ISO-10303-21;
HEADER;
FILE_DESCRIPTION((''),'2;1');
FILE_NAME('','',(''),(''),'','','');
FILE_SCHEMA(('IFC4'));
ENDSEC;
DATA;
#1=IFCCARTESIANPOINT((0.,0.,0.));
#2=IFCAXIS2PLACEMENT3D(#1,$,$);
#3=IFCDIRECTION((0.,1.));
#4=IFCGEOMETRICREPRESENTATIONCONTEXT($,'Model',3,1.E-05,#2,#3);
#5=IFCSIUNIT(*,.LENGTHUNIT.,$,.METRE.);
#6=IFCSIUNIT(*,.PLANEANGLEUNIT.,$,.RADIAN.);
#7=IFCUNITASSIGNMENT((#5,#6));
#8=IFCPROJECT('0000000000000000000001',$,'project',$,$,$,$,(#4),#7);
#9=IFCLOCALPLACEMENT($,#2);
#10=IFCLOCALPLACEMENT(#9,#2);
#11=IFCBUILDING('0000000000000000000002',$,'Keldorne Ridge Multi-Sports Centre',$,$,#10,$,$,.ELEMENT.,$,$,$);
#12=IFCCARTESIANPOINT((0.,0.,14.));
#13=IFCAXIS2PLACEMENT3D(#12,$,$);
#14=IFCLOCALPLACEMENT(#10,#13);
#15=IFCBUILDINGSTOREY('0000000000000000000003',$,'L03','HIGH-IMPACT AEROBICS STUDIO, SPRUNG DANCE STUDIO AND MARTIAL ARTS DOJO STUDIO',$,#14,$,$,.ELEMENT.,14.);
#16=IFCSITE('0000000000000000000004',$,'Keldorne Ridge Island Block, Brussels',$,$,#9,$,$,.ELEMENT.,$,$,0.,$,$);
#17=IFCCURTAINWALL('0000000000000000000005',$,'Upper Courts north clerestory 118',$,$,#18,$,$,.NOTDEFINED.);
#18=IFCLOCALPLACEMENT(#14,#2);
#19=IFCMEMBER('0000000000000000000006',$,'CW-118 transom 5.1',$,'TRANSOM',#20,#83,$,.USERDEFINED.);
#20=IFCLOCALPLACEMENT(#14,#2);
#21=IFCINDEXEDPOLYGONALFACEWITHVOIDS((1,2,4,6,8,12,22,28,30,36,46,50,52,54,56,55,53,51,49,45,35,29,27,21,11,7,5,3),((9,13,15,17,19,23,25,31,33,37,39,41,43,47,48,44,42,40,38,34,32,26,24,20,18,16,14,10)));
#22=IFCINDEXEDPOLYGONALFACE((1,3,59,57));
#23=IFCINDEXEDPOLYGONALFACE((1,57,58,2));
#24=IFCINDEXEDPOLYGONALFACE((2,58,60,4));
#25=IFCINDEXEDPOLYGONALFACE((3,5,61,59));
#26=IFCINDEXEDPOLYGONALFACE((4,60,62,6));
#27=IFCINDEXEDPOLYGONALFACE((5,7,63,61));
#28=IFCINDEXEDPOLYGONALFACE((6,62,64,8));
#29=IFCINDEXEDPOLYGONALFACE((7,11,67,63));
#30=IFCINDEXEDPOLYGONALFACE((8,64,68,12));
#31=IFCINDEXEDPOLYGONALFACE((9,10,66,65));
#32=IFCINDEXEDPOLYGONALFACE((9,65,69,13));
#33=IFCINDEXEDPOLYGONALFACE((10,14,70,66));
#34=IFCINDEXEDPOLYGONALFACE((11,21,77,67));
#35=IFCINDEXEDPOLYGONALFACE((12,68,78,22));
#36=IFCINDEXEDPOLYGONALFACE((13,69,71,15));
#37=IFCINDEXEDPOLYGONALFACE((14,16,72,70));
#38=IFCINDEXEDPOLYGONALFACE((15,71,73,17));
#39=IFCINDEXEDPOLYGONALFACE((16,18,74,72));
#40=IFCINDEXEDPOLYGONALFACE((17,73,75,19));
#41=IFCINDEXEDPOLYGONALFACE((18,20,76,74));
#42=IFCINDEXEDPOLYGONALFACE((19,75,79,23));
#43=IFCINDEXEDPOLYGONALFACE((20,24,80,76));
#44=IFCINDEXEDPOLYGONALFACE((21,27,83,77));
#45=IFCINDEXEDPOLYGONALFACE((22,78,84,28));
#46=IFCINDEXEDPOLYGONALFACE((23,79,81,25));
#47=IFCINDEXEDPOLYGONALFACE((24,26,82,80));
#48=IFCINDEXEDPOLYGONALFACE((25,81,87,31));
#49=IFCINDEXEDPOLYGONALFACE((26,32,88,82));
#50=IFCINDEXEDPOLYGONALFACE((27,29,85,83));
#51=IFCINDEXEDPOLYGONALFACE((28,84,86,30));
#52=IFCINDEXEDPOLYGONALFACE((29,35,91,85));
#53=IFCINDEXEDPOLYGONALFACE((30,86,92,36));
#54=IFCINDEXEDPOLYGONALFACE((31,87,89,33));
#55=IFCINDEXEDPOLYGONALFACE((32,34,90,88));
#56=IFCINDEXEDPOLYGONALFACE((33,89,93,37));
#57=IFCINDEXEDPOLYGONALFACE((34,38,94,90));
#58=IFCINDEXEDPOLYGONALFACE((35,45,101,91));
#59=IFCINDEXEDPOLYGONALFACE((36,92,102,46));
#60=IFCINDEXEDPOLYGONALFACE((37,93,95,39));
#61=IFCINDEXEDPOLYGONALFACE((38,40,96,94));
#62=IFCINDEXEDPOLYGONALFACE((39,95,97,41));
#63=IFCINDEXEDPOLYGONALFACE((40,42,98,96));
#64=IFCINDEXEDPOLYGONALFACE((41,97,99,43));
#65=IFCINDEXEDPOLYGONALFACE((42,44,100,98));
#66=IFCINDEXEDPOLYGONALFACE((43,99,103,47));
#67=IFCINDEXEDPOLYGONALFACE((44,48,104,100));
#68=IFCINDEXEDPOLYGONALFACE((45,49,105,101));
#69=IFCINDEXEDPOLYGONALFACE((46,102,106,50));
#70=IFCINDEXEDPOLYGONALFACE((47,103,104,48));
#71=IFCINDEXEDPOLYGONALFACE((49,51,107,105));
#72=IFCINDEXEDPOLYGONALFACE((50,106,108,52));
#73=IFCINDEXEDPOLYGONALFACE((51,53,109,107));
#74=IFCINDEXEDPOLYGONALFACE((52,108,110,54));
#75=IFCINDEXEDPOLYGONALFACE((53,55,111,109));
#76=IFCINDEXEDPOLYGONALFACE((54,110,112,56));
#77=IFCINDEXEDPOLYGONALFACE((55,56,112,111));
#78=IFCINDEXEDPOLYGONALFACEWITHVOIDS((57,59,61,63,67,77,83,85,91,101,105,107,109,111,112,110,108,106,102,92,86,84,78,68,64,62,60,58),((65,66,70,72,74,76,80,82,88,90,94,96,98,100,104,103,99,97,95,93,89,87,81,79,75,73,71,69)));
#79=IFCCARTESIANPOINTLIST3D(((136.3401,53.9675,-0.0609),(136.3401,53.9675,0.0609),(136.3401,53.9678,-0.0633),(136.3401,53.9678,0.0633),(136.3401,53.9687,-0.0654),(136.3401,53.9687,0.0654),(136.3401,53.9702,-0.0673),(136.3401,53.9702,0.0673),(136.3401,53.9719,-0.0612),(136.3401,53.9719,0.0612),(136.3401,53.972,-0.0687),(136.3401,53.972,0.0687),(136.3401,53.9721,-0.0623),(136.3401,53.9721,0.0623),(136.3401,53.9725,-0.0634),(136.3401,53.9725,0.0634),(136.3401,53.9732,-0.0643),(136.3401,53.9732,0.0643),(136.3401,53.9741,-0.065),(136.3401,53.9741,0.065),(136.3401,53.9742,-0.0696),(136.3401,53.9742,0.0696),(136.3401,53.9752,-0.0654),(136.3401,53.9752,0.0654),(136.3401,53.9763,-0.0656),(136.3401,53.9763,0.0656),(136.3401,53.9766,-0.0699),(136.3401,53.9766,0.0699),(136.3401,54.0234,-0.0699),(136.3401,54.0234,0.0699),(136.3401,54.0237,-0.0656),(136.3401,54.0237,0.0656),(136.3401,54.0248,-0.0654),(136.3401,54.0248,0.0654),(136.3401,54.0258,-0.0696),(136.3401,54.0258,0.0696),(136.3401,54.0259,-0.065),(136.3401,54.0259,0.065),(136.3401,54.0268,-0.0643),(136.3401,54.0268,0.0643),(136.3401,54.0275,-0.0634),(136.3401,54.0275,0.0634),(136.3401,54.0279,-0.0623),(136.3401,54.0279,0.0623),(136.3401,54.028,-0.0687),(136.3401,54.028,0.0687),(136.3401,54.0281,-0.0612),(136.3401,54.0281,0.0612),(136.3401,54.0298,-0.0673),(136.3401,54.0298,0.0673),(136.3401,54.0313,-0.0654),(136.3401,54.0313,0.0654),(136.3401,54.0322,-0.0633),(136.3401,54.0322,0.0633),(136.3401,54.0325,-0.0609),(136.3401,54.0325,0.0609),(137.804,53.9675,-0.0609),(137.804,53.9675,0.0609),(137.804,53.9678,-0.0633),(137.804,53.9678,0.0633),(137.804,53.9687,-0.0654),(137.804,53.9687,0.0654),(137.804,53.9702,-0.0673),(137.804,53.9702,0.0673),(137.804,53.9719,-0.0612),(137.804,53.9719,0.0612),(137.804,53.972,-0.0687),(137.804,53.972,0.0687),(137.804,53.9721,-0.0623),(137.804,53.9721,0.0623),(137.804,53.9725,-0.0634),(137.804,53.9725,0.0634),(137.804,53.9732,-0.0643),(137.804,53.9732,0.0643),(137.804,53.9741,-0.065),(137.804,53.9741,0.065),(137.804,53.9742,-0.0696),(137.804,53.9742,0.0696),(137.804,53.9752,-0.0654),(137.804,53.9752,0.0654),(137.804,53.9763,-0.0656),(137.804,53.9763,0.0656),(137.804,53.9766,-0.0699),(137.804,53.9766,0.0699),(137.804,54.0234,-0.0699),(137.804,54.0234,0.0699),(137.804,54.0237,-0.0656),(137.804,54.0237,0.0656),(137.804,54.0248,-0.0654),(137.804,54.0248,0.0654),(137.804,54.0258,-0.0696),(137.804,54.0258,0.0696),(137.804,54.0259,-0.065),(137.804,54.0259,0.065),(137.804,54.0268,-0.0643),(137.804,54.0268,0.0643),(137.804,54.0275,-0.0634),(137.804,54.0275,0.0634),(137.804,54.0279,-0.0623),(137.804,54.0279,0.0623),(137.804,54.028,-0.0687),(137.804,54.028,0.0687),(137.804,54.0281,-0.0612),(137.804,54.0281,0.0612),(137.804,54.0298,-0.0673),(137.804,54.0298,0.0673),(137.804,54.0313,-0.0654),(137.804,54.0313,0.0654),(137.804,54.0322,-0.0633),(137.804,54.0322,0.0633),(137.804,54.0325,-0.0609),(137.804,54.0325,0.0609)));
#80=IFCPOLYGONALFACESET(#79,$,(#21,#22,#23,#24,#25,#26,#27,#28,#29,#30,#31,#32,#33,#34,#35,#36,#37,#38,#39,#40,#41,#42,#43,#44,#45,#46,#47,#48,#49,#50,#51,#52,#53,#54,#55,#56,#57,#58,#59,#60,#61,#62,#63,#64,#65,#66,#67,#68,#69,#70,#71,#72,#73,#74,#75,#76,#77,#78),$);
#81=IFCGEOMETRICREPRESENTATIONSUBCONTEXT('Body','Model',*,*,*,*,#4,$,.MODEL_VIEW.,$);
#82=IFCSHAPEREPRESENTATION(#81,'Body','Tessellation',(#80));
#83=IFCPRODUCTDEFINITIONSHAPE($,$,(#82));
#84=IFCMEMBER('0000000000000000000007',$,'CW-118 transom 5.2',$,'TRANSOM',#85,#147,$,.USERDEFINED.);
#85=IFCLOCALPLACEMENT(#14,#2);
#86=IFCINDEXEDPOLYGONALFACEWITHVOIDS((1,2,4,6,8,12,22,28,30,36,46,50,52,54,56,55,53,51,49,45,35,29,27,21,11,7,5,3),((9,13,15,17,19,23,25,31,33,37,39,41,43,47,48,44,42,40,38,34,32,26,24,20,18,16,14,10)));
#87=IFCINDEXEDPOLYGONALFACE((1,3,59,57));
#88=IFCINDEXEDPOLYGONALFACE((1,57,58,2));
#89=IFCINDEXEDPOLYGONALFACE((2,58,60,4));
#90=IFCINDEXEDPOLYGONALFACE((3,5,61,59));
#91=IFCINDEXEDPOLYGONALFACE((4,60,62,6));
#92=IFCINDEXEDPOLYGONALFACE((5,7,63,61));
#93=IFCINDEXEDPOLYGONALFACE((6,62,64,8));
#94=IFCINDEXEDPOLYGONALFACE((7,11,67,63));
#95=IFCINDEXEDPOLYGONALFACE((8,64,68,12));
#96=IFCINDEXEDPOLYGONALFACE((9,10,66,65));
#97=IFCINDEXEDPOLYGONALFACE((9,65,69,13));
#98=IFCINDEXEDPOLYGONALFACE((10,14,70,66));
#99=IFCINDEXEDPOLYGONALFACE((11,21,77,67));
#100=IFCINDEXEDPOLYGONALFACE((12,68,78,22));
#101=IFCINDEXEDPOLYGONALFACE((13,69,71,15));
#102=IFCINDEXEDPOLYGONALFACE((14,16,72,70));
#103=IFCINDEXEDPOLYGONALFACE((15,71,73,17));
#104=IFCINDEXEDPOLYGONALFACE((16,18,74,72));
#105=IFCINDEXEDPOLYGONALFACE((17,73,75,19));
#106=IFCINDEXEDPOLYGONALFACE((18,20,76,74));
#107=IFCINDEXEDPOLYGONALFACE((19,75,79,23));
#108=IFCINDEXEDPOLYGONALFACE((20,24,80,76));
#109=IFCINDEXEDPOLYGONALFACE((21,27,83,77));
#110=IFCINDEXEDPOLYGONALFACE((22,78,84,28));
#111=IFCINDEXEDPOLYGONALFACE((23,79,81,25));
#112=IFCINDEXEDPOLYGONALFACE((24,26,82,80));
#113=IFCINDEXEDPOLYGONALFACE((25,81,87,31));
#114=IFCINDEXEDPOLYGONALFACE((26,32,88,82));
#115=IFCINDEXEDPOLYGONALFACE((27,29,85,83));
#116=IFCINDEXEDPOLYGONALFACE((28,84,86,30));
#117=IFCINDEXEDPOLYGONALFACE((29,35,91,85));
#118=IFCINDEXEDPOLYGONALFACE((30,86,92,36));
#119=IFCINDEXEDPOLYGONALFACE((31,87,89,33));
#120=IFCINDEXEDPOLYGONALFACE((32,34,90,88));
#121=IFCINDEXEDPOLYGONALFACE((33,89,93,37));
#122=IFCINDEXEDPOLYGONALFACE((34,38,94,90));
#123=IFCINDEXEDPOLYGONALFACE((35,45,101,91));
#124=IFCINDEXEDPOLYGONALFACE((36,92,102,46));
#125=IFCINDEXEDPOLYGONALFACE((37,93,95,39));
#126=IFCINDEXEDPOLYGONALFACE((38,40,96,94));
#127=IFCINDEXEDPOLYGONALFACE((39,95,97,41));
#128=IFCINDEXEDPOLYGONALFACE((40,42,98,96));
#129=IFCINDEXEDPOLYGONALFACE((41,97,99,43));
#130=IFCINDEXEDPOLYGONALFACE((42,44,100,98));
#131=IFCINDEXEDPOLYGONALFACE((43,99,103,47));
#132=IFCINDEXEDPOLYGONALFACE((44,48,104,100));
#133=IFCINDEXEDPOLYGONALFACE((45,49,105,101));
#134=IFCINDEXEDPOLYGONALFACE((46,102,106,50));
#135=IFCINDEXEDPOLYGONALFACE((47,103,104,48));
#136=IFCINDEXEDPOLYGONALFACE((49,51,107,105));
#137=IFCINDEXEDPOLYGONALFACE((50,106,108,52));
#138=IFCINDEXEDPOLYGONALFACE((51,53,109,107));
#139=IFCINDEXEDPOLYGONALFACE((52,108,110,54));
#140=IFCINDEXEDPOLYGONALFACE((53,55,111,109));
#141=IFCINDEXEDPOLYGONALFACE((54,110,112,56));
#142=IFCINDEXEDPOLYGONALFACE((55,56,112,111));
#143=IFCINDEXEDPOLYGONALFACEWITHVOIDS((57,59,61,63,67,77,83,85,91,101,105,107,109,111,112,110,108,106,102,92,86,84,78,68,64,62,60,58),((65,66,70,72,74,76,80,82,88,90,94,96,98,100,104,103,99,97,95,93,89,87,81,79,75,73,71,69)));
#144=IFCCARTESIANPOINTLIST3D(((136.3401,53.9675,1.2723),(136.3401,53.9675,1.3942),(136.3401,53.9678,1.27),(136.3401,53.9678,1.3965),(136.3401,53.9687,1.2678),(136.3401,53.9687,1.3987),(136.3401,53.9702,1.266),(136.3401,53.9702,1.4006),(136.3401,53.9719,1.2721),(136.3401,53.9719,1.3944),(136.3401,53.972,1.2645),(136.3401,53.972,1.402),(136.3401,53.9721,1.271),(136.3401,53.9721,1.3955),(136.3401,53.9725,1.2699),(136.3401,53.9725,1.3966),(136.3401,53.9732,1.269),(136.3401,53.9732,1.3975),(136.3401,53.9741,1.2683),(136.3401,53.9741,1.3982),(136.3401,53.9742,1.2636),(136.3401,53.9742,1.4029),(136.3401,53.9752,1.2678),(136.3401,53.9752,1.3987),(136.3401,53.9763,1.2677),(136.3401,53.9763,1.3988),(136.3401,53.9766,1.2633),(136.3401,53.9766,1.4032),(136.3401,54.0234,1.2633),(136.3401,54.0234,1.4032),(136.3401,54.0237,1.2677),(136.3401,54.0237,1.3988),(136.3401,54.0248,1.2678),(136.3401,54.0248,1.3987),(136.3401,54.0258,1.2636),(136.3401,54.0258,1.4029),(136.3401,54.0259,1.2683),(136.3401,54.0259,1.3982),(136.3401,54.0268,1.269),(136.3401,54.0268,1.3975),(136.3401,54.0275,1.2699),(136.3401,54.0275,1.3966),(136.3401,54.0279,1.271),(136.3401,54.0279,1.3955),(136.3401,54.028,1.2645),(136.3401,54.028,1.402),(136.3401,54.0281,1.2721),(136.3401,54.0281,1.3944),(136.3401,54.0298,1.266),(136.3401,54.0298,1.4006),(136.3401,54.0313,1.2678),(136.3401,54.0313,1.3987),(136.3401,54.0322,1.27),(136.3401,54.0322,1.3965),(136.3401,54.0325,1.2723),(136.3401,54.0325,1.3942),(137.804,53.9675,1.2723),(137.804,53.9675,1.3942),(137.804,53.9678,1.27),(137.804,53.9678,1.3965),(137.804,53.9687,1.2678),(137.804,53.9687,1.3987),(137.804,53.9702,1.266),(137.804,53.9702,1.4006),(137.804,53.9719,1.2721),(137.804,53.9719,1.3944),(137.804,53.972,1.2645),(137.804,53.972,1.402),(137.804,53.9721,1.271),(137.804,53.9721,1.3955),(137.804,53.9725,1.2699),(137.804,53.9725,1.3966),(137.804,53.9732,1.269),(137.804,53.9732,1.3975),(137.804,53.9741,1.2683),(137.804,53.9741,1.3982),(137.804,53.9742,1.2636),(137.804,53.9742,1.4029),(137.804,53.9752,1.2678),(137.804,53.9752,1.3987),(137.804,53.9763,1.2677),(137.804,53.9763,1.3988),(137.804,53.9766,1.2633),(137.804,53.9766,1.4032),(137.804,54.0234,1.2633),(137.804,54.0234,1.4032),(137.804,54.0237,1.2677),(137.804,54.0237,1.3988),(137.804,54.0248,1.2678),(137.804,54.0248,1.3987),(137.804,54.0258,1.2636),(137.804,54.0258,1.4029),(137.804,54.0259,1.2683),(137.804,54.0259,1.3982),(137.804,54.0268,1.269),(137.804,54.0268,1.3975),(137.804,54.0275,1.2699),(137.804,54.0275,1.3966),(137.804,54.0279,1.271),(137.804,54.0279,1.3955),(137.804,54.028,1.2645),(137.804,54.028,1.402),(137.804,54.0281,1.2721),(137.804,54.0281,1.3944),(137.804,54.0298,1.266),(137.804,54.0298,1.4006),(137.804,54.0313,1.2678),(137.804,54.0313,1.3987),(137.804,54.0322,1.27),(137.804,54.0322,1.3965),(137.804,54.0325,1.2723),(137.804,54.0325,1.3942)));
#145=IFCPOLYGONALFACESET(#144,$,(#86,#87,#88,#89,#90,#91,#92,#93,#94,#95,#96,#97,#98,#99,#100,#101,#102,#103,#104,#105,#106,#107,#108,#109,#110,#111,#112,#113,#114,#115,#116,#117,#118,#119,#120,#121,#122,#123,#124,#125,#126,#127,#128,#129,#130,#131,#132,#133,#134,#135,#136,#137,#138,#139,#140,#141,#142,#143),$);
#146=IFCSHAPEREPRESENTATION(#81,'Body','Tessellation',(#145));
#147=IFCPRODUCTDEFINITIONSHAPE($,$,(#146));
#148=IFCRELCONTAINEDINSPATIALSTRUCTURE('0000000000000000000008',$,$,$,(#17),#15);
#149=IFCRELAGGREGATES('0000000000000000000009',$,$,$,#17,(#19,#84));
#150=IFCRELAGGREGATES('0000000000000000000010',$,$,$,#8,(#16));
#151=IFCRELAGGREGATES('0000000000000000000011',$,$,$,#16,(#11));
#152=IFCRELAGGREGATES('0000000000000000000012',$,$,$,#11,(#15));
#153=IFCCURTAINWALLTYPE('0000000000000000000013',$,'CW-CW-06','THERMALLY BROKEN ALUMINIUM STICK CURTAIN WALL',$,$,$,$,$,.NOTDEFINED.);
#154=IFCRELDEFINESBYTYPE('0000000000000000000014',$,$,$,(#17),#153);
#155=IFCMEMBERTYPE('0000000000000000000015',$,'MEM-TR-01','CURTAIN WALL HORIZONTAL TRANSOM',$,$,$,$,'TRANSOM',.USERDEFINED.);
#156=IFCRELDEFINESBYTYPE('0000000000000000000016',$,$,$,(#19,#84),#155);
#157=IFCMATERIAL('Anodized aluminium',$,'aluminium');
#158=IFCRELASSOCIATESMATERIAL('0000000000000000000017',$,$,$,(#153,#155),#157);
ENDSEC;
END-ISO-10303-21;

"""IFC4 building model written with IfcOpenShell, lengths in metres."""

from ifc_helpers import new_model, si_unit, direction, frame, origin, origin_2d, place, context, subcontext, project, spatial, hollow_rectangle, extrude, material, material_profile, profile_set, type_object, element, aggregate, save


model = new_model("IFC4")

# Units and contexts
model_context = context("Model", 3, precision=1e-05, world=origin(), true_north=direction((0.0, 1.0)))
body_context = subcontext(model_context, "Body", "Model", "MODEL_VIEW")
ifc_project = project(units=[si_unit("LENGTHUNIT", "METRE"), si_unit("PLANEANGLEUNIT", "RADIAN")], contexts=[model_context])

# Site, building, storey
site_placement = place(None, origin())
site = spatial("IfcSite", under=ifc_project, at=site_placement, Name="Keldorne Ridge Island Block, Brussels", CompositionType="ELEMENT", RefElevation=0.0)
building_placement = place(site_placement, origin())
building = spatial("IfcBuilding", under=site, at=building_placement, Name="Keldorne Ridge Multi-Sports Centre", CompositionType="ELEMENT")
storey_placement = place(building_placement, frame((0.0, 0.0, 14.0)))
storey = spatial("IfcBuildingStorey", under=building, at=storey_placement, Name="L03", Description="HIGH-IMPACT AEROBICS STUDIO, SPRUNG DANCE STUDIO AND MARTIAL ARTS DOJO STUDIO", CompositionType="ELEMENT", Elevation=14.0)

# Curtain wall, members
ifc_material_1 = material(Name="Anodized aluminium", Category="aluminium")
curtain_wall_type = type_object("IfcCurtainWallType", Name="CW-CW-06", Description="THERMALLY BROKEN ALUMINIUM STICK CURTAIN WALL", PredefinedType="NOTDEFINED", material=ifc_material_1)
curtain_wall_placement = place(storey_placement, origin())
curtain_wall = element("IfcCurtainWall", 1, at=curtain_wall_placement, inside=storey, type_object=curtain_wall_type, Name="Upper Courts north clerestory 118", PredefinedType="NOTDEFINED")
ifc_material_profile_1 = material_profile(ifc_material_1, hollow_rectangle(XDim=0.0649, YDim=0.1399, WallThickness=0.0044, InnerFilletRadius=0.0044, OuterFilletRadius=0.009, at=origin_2d()), Name="ALU TRANSOM 140x65x4.5")
ifc_profile_set_1 = profile_set([ifc_material_profile_1], Name="Anodized aluminium")
member_type_1 = type_object("IfcMemberType", Name="MEM-TR-01", Description="CURTAIN WALL HORIZONTAL TRANSOM", ElementType="TRANSOM", PredefinedType="USERDEFINED", material=ifc_profile_set_1)
member_1_placement = place(storey_placement, frame((137.804, 54.0, 0.0), z_axis=(-1.0, 0.0, 0.0), x_axis=(0.0, -1.0, 0.0)))
member_1 = element("IfcMember", 2, at=member_1_placement, type_object=member_type_1, Name="CW-118 transom 5.1", ObjectType="TRANSOM", PredefinedType="USERDEFINED", context=body_context, shape_type="SweptSolid", body=[
    extrude(hollow_rectangle(XDim=0.0649, YDim=0.1399, WallThickness=0.0044, InnerFilletRadius=0.0044, OuterFilletRadius=0.009, at=origin_2d()), origin(), (0.0, 0.0, 1.0), 1.4639),
])
member_2_placement = place(storey_placement, frame((137.804, 54.0, 1.3333), z_axis=(-1.0, 0.0, 0.0), x_axis=(0.0, -1.0, 0.0)))
member_2 = element("IfcMember", 3, at=member_2_placement, type_object=member_type_1, Name="CW-118 transom 5.2", ObjectType="TRANSOM", PredefinedType="USERDEFINED", context=body_context, shape_type="SweptSolid", body=[
    extrude(hollow_rectangle(XDim=0.0649, YDim=0.1399, WallThickness=0.0044, InnerFilletRadius=0.0044, OuterFilletRadius=0.009, at=origin_2d()), origin(), (0.0, 0.0, 1.0), 1.4639),
])
aggregate(curtain_wall, [member_1, member_2])

save(model, "model.ifc")
